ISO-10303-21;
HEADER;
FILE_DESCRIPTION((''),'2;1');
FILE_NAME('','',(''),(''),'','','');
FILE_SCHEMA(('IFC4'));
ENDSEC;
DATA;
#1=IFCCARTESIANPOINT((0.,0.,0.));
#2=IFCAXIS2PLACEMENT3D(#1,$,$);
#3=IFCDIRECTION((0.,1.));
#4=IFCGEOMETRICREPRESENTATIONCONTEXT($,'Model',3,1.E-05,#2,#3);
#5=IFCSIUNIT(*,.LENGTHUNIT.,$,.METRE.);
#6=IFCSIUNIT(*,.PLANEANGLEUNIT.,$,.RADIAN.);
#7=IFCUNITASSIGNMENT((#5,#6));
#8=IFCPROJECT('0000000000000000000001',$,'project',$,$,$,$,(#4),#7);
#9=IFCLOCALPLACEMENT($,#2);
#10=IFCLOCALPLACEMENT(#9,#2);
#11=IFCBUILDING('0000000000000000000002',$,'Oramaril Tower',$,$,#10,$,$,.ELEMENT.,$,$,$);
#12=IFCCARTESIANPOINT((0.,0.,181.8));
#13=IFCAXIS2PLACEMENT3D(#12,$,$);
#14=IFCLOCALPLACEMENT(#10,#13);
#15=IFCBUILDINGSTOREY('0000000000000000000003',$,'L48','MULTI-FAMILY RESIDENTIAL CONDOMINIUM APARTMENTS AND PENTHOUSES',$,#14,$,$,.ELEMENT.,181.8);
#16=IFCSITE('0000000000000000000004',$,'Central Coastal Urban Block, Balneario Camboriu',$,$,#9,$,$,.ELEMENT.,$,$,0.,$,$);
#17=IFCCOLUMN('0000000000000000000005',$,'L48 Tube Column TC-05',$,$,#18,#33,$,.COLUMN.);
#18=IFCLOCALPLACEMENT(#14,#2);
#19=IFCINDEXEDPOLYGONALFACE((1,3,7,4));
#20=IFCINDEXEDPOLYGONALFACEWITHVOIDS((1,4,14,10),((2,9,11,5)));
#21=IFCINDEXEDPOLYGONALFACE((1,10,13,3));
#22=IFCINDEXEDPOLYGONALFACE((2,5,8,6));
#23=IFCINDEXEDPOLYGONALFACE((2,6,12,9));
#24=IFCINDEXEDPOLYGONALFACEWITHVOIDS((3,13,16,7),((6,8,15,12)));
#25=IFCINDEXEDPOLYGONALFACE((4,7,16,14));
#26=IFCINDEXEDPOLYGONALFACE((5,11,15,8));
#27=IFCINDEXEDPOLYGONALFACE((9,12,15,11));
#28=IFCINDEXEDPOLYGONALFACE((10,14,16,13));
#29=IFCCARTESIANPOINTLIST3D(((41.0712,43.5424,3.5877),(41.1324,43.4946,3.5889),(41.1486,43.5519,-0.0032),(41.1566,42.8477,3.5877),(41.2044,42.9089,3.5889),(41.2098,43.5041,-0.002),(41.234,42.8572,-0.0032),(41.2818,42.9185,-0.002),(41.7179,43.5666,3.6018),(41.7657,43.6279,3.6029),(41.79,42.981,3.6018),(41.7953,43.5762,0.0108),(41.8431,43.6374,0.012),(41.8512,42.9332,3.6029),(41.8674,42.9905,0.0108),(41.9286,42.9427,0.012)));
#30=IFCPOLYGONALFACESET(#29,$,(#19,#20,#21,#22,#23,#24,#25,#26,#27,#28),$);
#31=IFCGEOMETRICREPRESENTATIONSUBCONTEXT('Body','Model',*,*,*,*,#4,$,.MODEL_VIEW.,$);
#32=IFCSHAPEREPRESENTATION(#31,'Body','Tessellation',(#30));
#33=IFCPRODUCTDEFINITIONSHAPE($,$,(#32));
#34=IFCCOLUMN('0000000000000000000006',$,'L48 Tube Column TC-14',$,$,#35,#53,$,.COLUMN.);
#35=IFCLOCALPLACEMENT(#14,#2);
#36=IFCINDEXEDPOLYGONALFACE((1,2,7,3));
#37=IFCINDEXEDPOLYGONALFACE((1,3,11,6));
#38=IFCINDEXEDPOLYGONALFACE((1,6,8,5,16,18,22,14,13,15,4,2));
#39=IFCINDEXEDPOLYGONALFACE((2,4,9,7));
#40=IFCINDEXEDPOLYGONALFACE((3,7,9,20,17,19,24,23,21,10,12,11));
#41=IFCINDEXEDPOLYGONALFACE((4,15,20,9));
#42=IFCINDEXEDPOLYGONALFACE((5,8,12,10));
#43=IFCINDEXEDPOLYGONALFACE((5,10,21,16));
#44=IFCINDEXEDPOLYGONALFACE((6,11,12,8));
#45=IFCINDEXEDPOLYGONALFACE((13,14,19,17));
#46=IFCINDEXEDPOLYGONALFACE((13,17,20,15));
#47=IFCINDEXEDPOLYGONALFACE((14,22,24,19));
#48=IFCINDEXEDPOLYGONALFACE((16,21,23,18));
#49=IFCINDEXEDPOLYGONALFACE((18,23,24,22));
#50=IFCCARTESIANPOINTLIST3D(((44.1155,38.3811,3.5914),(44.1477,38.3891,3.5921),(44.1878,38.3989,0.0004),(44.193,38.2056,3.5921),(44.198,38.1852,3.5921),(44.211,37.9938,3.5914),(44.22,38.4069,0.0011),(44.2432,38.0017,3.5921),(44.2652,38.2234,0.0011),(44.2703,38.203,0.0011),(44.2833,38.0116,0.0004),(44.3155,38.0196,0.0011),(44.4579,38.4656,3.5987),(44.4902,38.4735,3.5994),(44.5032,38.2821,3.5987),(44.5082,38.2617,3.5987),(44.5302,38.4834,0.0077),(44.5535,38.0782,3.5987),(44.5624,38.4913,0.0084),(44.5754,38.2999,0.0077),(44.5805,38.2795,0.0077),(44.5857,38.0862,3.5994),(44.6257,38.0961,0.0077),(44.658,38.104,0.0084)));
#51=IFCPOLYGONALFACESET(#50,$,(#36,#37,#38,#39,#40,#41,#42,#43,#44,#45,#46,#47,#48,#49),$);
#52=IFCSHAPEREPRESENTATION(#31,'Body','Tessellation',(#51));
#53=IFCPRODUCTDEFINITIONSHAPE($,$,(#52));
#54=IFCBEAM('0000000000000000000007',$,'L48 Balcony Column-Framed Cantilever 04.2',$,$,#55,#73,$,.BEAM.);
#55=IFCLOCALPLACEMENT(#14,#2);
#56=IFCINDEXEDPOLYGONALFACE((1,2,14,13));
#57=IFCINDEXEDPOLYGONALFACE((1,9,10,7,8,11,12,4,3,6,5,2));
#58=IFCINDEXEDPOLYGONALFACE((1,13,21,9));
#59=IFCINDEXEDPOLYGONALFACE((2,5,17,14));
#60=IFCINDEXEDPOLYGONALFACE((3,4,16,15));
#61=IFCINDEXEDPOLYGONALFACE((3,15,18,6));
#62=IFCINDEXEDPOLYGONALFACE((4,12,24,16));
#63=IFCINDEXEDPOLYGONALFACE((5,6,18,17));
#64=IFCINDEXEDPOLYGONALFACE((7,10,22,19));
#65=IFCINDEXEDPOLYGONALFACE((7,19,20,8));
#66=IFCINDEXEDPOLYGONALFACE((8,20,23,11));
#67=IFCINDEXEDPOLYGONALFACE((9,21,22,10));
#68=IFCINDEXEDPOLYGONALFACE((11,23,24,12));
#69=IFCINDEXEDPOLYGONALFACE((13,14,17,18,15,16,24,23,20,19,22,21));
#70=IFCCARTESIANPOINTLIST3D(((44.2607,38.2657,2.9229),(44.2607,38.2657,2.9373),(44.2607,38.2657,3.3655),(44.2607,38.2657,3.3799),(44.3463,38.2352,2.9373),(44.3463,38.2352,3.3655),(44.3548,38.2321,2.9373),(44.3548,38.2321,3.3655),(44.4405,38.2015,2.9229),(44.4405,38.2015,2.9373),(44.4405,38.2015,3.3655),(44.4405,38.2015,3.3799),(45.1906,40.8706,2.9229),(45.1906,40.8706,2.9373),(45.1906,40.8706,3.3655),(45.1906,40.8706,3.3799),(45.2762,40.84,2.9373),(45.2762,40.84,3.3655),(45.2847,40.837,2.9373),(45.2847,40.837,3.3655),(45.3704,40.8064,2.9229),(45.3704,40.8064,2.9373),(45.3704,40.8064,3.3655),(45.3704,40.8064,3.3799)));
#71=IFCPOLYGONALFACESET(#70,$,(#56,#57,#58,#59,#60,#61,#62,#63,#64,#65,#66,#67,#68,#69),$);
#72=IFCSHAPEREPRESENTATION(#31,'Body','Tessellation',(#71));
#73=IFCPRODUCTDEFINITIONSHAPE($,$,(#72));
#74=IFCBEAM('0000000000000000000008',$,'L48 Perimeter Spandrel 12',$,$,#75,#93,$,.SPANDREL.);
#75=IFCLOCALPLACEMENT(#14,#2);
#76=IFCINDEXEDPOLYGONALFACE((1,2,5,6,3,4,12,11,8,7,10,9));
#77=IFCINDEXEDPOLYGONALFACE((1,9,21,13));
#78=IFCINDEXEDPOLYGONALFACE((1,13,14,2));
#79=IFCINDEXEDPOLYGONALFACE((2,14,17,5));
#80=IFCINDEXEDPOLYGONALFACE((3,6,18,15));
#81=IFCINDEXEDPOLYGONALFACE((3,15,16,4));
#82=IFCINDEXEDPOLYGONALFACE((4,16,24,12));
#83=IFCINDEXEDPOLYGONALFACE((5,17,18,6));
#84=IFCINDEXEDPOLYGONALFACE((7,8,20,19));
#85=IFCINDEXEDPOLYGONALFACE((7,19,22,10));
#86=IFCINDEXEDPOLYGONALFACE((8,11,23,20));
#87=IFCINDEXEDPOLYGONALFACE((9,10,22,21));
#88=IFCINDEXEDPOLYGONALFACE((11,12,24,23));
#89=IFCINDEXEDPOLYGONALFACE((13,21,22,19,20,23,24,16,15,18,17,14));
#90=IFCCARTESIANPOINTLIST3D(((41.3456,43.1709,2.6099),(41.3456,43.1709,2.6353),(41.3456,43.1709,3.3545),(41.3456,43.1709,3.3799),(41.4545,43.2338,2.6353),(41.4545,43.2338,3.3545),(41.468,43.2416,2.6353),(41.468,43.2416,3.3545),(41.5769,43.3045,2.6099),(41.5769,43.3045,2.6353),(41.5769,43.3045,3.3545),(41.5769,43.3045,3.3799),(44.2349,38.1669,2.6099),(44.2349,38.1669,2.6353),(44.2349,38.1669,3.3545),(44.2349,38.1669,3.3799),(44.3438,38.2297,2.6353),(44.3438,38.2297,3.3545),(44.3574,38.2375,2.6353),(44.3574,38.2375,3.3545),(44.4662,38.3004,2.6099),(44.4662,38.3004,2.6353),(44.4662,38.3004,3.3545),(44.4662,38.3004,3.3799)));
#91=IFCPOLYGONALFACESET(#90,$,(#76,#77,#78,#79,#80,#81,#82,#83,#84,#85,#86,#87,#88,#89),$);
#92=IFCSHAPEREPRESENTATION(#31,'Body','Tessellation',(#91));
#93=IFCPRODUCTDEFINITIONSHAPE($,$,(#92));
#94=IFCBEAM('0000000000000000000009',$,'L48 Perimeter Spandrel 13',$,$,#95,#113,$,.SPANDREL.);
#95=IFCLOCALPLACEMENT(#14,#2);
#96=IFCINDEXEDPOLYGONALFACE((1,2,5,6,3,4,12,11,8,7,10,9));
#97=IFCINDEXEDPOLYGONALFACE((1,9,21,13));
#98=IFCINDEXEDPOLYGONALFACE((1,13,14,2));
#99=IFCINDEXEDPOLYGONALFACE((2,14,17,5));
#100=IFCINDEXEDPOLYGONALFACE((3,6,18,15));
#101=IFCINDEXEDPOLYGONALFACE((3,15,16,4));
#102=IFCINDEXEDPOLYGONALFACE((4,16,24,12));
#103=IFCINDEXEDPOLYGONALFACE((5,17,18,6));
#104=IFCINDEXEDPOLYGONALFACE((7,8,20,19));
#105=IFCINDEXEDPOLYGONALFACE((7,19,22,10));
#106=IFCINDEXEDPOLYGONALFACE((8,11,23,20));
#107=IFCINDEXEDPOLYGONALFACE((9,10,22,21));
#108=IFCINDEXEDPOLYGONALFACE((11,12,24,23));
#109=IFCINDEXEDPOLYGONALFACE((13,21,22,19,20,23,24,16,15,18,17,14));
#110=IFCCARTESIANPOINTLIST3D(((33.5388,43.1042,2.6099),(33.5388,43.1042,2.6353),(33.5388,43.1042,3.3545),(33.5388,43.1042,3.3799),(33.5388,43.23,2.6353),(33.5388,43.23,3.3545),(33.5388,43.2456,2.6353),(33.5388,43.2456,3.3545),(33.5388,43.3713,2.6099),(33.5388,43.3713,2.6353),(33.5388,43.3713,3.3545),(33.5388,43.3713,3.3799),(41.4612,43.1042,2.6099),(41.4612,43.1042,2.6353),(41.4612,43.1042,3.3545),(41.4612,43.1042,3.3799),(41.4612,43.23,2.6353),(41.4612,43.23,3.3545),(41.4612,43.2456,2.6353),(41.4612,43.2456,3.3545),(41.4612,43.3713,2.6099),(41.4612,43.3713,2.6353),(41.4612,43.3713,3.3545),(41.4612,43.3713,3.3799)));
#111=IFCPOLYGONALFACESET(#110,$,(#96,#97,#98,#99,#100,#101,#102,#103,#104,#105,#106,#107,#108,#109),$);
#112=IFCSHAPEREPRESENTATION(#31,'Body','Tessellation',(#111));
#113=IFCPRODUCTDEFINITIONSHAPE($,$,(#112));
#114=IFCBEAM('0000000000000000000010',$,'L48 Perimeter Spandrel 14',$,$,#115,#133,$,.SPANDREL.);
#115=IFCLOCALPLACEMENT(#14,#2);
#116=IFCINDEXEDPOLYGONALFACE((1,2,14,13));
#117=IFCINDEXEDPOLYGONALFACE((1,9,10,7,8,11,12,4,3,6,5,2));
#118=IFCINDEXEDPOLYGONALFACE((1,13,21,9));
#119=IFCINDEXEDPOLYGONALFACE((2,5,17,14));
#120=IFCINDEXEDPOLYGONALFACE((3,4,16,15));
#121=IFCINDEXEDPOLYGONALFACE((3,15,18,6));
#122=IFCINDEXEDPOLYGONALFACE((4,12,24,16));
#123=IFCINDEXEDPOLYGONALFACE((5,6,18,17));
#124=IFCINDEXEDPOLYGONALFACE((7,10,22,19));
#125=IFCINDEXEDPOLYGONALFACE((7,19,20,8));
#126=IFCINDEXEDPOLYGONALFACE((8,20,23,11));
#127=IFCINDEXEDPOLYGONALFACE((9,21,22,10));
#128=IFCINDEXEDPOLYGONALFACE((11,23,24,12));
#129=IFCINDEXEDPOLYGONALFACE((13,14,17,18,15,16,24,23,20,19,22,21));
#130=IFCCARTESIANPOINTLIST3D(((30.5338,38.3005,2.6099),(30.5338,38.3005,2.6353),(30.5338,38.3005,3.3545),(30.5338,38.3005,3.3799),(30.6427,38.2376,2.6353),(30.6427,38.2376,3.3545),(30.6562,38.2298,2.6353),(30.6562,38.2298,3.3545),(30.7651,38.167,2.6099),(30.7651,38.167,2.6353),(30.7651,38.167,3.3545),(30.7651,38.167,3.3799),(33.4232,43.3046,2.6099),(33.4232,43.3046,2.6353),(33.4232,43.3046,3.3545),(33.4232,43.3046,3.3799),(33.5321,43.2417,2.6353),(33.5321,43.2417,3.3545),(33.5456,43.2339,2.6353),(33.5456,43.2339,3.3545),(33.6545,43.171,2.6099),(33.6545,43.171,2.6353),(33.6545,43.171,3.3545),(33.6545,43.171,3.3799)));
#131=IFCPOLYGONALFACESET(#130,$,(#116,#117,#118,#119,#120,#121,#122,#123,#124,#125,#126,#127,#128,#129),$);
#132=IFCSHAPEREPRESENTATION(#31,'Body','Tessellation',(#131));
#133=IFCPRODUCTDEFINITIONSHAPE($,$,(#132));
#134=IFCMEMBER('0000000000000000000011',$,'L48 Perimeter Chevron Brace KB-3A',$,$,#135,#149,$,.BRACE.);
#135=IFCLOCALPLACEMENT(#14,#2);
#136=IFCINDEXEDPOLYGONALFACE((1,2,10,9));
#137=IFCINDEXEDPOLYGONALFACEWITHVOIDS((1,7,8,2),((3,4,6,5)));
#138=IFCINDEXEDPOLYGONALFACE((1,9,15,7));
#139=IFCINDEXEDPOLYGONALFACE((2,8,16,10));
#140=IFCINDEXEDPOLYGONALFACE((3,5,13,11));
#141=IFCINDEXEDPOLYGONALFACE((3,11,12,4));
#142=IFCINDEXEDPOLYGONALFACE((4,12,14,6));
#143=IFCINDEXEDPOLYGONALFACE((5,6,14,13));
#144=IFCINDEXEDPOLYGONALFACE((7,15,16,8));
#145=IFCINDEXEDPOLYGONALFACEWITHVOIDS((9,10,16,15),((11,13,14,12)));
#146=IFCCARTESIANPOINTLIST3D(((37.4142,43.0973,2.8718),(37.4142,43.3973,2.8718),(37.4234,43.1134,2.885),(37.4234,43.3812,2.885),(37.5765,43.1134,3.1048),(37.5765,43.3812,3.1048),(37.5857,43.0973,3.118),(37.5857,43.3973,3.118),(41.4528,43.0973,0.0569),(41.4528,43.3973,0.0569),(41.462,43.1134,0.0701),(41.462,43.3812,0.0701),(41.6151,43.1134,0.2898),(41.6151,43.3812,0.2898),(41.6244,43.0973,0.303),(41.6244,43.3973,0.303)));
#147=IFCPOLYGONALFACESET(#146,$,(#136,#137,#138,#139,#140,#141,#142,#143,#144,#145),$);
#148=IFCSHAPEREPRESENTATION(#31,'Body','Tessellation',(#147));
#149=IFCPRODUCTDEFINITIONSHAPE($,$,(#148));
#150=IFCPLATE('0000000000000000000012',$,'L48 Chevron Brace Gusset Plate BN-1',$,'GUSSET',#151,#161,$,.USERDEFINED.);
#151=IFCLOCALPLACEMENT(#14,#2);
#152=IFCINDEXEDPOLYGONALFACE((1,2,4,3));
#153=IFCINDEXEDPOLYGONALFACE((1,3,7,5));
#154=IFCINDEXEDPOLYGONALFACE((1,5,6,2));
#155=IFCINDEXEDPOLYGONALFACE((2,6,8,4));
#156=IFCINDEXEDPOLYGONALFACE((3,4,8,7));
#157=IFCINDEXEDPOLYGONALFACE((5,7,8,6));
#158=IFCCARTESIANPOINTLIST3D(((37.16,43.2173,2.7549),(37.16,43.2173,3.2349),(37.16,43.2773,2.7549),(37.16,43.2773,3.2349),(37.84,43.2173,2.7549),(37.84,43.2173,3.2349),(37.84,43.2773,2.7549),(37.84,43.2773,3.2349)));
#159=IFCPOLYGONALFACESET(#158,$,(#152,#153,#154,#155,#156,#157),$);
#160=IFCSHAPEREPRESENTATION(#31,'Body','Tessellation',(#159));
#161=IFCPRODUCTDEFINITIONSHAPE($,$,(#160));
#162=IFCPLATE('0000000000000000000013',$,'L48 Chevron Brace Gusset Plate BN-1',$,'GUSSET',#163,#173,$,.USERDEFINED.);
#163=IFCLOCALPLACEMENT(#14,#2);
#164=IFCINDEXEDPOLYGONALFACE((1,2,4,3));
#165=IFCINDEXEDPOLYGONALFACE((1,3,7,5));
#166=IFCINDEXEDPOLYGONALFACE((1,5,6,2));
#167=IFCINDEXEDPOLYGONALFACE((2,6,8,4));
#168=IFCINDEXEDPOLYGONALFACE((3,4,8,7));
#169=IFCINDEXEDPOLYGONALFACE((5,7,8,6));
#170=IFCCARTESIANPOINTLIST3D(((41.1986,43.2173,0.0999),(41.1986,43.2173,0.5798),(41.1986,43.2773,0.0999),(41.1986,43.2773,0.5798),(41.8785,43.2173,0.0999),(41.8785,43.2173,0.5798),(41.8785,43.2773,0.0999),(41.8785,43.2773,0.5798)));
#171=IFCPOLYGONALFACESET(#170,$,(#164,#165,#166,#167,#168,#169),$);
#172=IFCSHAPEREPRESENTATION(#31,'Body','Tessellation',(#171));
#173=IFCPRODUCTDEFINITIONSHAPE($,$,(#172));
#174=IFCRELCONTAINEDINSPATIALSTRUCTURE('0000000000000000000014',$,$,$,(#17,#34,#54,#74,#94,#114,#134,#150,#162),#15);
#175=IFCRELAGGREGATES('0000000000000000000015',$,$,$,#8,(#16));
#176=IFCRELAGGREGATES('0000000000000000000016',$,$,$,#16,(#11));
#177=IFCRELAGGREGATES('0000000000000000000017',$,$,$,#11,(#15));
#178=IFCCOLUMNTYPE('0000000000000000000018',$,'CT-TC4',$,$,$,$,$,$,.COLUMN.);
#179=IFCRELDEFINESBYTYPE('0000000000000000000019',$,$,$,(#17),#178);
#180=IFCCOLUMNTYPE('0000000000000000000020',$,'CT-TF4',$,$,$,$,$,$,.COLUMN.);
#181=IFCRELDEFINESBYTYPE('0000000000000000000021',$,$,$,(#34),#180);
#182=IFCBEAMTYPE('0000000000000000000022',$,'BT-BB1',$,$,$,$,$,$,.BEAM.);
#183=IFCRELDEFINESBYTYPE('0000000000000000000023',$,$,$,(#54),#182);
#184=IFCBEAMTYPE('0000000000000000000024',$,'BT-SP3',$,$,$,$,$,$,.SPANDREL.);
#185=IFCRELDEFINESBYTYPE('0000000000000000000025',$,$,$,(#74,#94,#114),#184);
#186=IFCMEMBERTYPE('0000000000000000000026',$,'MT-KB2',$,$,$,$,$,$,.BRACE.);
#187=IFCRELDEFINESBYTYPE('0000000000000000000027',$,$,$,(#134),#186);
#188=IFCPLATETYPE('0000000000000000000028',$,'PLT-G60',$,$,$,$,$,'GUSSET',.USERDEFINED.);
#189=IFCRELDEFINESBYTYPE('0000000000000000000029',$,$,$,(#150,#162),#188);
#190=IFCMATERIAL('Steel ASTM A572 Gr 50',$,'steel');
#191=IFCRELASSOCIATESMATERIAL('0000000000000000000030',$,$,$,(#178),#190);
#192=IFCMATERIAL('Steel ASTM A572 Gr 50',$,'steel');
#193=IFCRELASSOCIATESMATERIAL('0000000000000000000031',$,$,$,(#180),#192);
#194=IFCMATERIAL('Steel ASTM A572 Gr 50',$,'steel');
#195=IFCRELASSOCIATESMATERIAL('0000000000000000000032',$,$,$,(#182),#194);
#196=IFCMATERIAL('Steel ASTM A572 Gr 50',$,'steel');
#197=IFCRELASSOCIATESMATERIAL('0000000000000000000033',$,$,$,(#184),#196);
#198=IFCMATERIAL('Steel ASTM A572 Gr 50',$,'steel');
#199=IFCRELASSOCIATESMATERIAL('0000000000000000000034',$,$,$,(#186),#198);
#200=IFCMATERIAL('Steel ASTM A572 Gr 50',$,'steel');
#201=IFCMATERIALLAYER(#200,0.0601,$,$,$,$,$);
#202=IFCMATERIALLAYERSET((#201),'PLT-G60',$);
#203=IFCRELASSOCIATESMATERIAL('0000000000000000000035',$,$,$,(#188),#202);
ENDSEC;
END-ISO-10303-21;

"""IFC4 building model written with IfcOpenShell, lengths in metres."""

from ifc_helpers import new_model, si_unit, direction, frame, origin, origin_2d, place, context, subcontext, project, spatial, rectangle, hollow_rectangle, i_section, extrude, material, layer, layer_set, material_profile, profile_set, type_object, element, save


model = new_model("IFC4")

# Units and contexts
model_context = context("Model", 3, precision=1e-05, world=origin(), true_north=direction((0.0, 1.0)))
body_context = subcontext(model_context, "Body", "Model", "MODEL_VIEW")
ifc_project = project(units=[si_unit("LENGTHUNIT", "METRE"), si_unit("PLANEANGLEUNIT", "RADIAN")], contexts=[model_context])

# Site, building, storey
site_placement = place(None, origin())
site = spatial("IfcSite", under=ifc_project, at=site_placement, Name="Central Coastal Urban Block, Balneario Camboriu", CompositionType="ELEMENT", RefElevation=0.0)
building_placement = place(site_placement, origin())
building = spatial("IfcBuilding", under=site, at=building_placement, Name="Oramaril Tower", CompositionType="ELEMENT")
storey_placement = place(building_placement, frame((0.0, 0.0, 181.8)))
storey = spatial("IfcBuildingStorey", under=building, at=storey_placement, Name="L48", Description="MULTI-FAMILY RESIDENTIAL CONDOMINIUM APARTMENTS AND PENTHOUSES", CompositionType="ELEMENT", Elevation=181.8)

# Columns
ifc_material_1 = material(Name="Steel ASTM A572 Gr 50", Category="steel")
ifc_material_profile_1 = material_profile(ifc_material_1, hollow_rectangle(XDim=0.7, YDim=0.7, WallThickness=0.0549, at=origin_2d()), Name="BOX700X700X55")
ifc_profile_set_1 = profile_set([ifc_material_profile_1], Name="Steel ASTM A572 Gr 50")
column_type_1 = type_object("IfcColumnType", Name="CT-TC4", PredefinedType="COLUMN", material=ifc_profile_set_1)
column_1_placement = place(storey_placement, frame((41.5386, 43.2473, 0.0044), z_axis=(-0.021546, -0.002651, 0.999764), x_axis=(0.122108, -0.992517, 0.0)))
element("IfcColumn", 1, at=column_1_placement, inside=storey, type_object=column_type_1, Name="L48 Tube Column TC-05", PredefinedType="COLUMN", context=body_context, shape_type="SweptSolid", body=[
    extrude(hollow_rectangle(XDim=0.7, YDim=0.7, WallThickness=0.0549, at=origin_2d()), origin(), (0.0, 0.0, 1.0), 3.5918),
])
ifc_material_2 = material(Name="Steel ASTM A572 Gr 50", Category="steel")
ifc_material_profile_2 = material_profile(ifc_material_2, i_section(OverallWidth=0.3989, OverallDepth=0.386, WebThickness=0.021, FlangeThickness=0.0332, at=origin_2d()), Name="W14X176")
ifc_profile_set_2 = profile_set([ifc_material_profile_2], Name="Steel ASTM A572 Gr 50")
column_type_2 = type_object("IfcColumnType", Name="CT-TF4", PredefinedType="COLUMN", material=ifc_profile_set_2)
column_2_placement = place(storey_placement, frame((44.4229, 38.2515, 0.0044), z_axis=(-0.020119, -0.004962, 0.999785), x_axis=(0.239447, -0.970909, 0.0)))
element("IfcColumn", 2, at=column_2_placement, inside=storey, type_object=column_type_2, Name="L48 Tube Column TC-14", PredefinedType="COLUMN", context=body_context, shape_type="SweptSolid", body=[
    extrude(i_section(OverallWidth=0.3989, OverallDepth=0.386, WebThickness=0.021, FlangeThickness=0.0332, at=origin_2d()), origin(), (0.0, 0.0, 1.0), 3.5918),
])

# Beams
ifc_material_3 = material(Name="Steel ASTM A572 Gr 50", Category="steel")
ifc_material_profile_3 = material_profile(ifc_material_3, i_section(OverallWidth=0.1909, OverallDepth=0.457, WebThickness=0.009, FlangeThickness=0.0144, at=origin_2d()), Name="W18X50")
ifc_profile_set_3 = profile_set([ifc_material_profile_3], Name="Steel ASTM A572 Gr 50")
beam_type_1 = type_object("IfcBeamType", Name="BT-BB1", PredefinedType="BEAM", material=ifc_profile_set_3)
beam_1_placement = place(storey_placement, frame((44.3506, 38.2336, 3.1514), z_axis=(0.336202, 0.94179, 0.0), x_axis=(-0.94179, 0.336202, 0.0)))
element("IfcBeam", 3, at=beam_1_placement, inside=storey, type_object=beam_type_1, Name="L48 Balcony Column-Framed Cantilever 04.2", PredefinedType="BEAM", context=body_context, shape_type="SweptSolid", body=[
    extrude(i_section(OverallWidth=0.1909, OverallDepth=0.457, WebThickness=0.009, FlangeThickness=0.0144, at=origin_2d()), origin(), (0.0, 0.0, 1.0), 2.7659),
])
ifc_material_4 = material(Name="Steel ASTM A572 Gr 50", Category="steel")
ifc_material_profile_4 = material_profile(ifc_material_4, i_section(OverallWidth=0.2671, OverallDepth=0.77, WebThickness=0.0156, FlangeThickness=0.0254, at=origin_2d()), Name="W30X132")
ifc_profile_set_4 = profile_set([ifc_material_profile_4], Name="Steel ASTM A572 Gr 50")
beam_type_2 = type_object("IfcBeamType", Name="BT-SP3", PredefinedType="SPANDREL", material=ifc_profile_set_4)
beam_2_placement = place(storey_placement, frame((44.3506, 38.2336, 2.9949), z_axis=(-0.500033, 0.866006, 0.0), x_axis=(-0.866006, -0.500033, 0.0)))
element("IfcBeam", 4, at=beam_2_placement, inside=storey, type_object=beam_type_2, Name="L48 Perimeter Spandrel 12", PredefinedType="SPANDREL", context=body_context, shape_type="SweptSolid", body=[
    extrude(i_section(OverallWidth=0.2671, OverallDepth=0.77, WebThickness=0.0156, FlangeThickness=0.0254, at=origin_2d()), origin(), (0.0, 0.0, 1.0), 5.7783),
])
beam_3_placement = place(storey_placement, frame((41.4612, 43.2378, 2.9949), z_axis=(-1.0, 0.0, 0.0), x_axis=(0.0, -1.0, 0.0)))
element("IfcBeam", 5, at=beam_3_placement, inside=storey, type_object=beam_type_2, Name="L48 Perimeter Spandrel 13", PredefinedType="SPANDREL", context=body_context, shape_type="SweptSolid", body=[
    extrude(i_section(OverallWidth=0.2671, OverallDepth=0.77, WebThickness=0.0156, FlangeThickness=0.0254, at=origin_2d()), origin(), (0.0, 0.0, 1.0), 7.9224),
])
beam_4_placement = place(storey_placement, frame((33.5388, 43.2378, 2.9949), z_axis=(-0.500033, -0.866006, 0.0), x_axis=(0.866006, -0.500033, 0.0)))
element("IfcBeam", 6, at=beam_4_placement, inside=storey, type_object=beam_type_2, Name="L48 Perimeter Spandrel 14", PredefinedType="SPANDREL", context=body_context, shape_type="SweptSolid", body=[
    extrude(i_section(OverallWidth=0.2671, OverallDepth=0.77, WebThickness=0.0156, FlangeThickness=0.0254, at=origin_2d()), origin(), (0.0, 0.0, 1.0), 5.7783),
])

# Member
ifc_material_5 = material(Name="Steel ASTM A572 Gr 50", Category="steel")
ifc_material_profile_5 = material_profile(ifc_material_5, hollow_rectangle(XDim=0.3, YDim=0.3, WallThickness=0.0161, at=origin_2d()), Name="HSS300X300X16")
ifc_profile_set_5 = profile_set([ifc_material_profile_5], Name="Steel ASTM A572 Gr 50")
member_type = type_object("IfcMemberType", Name="MT-KB2", PredefinedType="BRACE", material=ifc_profile_set_5)
member_placement = place(storey_placement, frame((41.5386, 43.2473, 0.1799), z_axis=(-0.820381, 0.0, 0.571817), x_axis=(0.0, -1.0, 0.0)))
element("IfcMember", 7, at=member_placement, inside=storey, type_object=member_type, Name="L48 Perimeter Chevron Brace KB-3A", PredefinedType="BRACE", context=body_context, shape_type="SweptSolid", body=[
    extrude(hollow_rectangle(XDim=0.3, YDim=0.3, WallThickness=0.0161, at=origin_2d()), origin(), (0.0, 0.0, 1.0), 4.9229),
])

# Plates
ifc_material_6 = material(Name="Steel ASTM A572 Gr 50", Category="steel")
ifc_layer_1 = layer(ifc_material_6, 0.0601)
ifc_layer_set_1 = layer_set([ifc_layer_1], Name="PLT-G60")
plate_type = type_object("IfcPlateType", Name="PLT-G60", ElementType="GUSSET", PredefinedType="USERDEFINED", material=ifc_layer_set_1)
for number, where, z_axis, x_axis, name in (
    (8, (37.5, 43.2473, 2.7549), (0.0, 0.0, 1.0), (-1.0, 0.0, 0.0), "L48 Chevron Brace Gusset Plate BN-1"),
    (9, (41.5386, 43.2473, 0.0999), (0.0, 0.0, 1.0), (-1.0, 0.0, 0.0), "L48 Chevron Brace Gusset Plate BN-1"),
):
    element("IfcPlate", number, at=place(storey_placement, frame(where, z_axis=z_axis, x_axis=x_axis)), inside=storey, type_object=plate_type, Name=name, ObjectType="GUSSET", PredefinedType="USERDEFINED", context=body_context, shape_type="SweptSolid", body=[
        extrude(rectangle(XDim=0.6799, YDim=0.0601, at=origin_2d()), origin(), (0.0, 0.0, 1.0), 0.48),
    ])

save(model, "model.ifc")
